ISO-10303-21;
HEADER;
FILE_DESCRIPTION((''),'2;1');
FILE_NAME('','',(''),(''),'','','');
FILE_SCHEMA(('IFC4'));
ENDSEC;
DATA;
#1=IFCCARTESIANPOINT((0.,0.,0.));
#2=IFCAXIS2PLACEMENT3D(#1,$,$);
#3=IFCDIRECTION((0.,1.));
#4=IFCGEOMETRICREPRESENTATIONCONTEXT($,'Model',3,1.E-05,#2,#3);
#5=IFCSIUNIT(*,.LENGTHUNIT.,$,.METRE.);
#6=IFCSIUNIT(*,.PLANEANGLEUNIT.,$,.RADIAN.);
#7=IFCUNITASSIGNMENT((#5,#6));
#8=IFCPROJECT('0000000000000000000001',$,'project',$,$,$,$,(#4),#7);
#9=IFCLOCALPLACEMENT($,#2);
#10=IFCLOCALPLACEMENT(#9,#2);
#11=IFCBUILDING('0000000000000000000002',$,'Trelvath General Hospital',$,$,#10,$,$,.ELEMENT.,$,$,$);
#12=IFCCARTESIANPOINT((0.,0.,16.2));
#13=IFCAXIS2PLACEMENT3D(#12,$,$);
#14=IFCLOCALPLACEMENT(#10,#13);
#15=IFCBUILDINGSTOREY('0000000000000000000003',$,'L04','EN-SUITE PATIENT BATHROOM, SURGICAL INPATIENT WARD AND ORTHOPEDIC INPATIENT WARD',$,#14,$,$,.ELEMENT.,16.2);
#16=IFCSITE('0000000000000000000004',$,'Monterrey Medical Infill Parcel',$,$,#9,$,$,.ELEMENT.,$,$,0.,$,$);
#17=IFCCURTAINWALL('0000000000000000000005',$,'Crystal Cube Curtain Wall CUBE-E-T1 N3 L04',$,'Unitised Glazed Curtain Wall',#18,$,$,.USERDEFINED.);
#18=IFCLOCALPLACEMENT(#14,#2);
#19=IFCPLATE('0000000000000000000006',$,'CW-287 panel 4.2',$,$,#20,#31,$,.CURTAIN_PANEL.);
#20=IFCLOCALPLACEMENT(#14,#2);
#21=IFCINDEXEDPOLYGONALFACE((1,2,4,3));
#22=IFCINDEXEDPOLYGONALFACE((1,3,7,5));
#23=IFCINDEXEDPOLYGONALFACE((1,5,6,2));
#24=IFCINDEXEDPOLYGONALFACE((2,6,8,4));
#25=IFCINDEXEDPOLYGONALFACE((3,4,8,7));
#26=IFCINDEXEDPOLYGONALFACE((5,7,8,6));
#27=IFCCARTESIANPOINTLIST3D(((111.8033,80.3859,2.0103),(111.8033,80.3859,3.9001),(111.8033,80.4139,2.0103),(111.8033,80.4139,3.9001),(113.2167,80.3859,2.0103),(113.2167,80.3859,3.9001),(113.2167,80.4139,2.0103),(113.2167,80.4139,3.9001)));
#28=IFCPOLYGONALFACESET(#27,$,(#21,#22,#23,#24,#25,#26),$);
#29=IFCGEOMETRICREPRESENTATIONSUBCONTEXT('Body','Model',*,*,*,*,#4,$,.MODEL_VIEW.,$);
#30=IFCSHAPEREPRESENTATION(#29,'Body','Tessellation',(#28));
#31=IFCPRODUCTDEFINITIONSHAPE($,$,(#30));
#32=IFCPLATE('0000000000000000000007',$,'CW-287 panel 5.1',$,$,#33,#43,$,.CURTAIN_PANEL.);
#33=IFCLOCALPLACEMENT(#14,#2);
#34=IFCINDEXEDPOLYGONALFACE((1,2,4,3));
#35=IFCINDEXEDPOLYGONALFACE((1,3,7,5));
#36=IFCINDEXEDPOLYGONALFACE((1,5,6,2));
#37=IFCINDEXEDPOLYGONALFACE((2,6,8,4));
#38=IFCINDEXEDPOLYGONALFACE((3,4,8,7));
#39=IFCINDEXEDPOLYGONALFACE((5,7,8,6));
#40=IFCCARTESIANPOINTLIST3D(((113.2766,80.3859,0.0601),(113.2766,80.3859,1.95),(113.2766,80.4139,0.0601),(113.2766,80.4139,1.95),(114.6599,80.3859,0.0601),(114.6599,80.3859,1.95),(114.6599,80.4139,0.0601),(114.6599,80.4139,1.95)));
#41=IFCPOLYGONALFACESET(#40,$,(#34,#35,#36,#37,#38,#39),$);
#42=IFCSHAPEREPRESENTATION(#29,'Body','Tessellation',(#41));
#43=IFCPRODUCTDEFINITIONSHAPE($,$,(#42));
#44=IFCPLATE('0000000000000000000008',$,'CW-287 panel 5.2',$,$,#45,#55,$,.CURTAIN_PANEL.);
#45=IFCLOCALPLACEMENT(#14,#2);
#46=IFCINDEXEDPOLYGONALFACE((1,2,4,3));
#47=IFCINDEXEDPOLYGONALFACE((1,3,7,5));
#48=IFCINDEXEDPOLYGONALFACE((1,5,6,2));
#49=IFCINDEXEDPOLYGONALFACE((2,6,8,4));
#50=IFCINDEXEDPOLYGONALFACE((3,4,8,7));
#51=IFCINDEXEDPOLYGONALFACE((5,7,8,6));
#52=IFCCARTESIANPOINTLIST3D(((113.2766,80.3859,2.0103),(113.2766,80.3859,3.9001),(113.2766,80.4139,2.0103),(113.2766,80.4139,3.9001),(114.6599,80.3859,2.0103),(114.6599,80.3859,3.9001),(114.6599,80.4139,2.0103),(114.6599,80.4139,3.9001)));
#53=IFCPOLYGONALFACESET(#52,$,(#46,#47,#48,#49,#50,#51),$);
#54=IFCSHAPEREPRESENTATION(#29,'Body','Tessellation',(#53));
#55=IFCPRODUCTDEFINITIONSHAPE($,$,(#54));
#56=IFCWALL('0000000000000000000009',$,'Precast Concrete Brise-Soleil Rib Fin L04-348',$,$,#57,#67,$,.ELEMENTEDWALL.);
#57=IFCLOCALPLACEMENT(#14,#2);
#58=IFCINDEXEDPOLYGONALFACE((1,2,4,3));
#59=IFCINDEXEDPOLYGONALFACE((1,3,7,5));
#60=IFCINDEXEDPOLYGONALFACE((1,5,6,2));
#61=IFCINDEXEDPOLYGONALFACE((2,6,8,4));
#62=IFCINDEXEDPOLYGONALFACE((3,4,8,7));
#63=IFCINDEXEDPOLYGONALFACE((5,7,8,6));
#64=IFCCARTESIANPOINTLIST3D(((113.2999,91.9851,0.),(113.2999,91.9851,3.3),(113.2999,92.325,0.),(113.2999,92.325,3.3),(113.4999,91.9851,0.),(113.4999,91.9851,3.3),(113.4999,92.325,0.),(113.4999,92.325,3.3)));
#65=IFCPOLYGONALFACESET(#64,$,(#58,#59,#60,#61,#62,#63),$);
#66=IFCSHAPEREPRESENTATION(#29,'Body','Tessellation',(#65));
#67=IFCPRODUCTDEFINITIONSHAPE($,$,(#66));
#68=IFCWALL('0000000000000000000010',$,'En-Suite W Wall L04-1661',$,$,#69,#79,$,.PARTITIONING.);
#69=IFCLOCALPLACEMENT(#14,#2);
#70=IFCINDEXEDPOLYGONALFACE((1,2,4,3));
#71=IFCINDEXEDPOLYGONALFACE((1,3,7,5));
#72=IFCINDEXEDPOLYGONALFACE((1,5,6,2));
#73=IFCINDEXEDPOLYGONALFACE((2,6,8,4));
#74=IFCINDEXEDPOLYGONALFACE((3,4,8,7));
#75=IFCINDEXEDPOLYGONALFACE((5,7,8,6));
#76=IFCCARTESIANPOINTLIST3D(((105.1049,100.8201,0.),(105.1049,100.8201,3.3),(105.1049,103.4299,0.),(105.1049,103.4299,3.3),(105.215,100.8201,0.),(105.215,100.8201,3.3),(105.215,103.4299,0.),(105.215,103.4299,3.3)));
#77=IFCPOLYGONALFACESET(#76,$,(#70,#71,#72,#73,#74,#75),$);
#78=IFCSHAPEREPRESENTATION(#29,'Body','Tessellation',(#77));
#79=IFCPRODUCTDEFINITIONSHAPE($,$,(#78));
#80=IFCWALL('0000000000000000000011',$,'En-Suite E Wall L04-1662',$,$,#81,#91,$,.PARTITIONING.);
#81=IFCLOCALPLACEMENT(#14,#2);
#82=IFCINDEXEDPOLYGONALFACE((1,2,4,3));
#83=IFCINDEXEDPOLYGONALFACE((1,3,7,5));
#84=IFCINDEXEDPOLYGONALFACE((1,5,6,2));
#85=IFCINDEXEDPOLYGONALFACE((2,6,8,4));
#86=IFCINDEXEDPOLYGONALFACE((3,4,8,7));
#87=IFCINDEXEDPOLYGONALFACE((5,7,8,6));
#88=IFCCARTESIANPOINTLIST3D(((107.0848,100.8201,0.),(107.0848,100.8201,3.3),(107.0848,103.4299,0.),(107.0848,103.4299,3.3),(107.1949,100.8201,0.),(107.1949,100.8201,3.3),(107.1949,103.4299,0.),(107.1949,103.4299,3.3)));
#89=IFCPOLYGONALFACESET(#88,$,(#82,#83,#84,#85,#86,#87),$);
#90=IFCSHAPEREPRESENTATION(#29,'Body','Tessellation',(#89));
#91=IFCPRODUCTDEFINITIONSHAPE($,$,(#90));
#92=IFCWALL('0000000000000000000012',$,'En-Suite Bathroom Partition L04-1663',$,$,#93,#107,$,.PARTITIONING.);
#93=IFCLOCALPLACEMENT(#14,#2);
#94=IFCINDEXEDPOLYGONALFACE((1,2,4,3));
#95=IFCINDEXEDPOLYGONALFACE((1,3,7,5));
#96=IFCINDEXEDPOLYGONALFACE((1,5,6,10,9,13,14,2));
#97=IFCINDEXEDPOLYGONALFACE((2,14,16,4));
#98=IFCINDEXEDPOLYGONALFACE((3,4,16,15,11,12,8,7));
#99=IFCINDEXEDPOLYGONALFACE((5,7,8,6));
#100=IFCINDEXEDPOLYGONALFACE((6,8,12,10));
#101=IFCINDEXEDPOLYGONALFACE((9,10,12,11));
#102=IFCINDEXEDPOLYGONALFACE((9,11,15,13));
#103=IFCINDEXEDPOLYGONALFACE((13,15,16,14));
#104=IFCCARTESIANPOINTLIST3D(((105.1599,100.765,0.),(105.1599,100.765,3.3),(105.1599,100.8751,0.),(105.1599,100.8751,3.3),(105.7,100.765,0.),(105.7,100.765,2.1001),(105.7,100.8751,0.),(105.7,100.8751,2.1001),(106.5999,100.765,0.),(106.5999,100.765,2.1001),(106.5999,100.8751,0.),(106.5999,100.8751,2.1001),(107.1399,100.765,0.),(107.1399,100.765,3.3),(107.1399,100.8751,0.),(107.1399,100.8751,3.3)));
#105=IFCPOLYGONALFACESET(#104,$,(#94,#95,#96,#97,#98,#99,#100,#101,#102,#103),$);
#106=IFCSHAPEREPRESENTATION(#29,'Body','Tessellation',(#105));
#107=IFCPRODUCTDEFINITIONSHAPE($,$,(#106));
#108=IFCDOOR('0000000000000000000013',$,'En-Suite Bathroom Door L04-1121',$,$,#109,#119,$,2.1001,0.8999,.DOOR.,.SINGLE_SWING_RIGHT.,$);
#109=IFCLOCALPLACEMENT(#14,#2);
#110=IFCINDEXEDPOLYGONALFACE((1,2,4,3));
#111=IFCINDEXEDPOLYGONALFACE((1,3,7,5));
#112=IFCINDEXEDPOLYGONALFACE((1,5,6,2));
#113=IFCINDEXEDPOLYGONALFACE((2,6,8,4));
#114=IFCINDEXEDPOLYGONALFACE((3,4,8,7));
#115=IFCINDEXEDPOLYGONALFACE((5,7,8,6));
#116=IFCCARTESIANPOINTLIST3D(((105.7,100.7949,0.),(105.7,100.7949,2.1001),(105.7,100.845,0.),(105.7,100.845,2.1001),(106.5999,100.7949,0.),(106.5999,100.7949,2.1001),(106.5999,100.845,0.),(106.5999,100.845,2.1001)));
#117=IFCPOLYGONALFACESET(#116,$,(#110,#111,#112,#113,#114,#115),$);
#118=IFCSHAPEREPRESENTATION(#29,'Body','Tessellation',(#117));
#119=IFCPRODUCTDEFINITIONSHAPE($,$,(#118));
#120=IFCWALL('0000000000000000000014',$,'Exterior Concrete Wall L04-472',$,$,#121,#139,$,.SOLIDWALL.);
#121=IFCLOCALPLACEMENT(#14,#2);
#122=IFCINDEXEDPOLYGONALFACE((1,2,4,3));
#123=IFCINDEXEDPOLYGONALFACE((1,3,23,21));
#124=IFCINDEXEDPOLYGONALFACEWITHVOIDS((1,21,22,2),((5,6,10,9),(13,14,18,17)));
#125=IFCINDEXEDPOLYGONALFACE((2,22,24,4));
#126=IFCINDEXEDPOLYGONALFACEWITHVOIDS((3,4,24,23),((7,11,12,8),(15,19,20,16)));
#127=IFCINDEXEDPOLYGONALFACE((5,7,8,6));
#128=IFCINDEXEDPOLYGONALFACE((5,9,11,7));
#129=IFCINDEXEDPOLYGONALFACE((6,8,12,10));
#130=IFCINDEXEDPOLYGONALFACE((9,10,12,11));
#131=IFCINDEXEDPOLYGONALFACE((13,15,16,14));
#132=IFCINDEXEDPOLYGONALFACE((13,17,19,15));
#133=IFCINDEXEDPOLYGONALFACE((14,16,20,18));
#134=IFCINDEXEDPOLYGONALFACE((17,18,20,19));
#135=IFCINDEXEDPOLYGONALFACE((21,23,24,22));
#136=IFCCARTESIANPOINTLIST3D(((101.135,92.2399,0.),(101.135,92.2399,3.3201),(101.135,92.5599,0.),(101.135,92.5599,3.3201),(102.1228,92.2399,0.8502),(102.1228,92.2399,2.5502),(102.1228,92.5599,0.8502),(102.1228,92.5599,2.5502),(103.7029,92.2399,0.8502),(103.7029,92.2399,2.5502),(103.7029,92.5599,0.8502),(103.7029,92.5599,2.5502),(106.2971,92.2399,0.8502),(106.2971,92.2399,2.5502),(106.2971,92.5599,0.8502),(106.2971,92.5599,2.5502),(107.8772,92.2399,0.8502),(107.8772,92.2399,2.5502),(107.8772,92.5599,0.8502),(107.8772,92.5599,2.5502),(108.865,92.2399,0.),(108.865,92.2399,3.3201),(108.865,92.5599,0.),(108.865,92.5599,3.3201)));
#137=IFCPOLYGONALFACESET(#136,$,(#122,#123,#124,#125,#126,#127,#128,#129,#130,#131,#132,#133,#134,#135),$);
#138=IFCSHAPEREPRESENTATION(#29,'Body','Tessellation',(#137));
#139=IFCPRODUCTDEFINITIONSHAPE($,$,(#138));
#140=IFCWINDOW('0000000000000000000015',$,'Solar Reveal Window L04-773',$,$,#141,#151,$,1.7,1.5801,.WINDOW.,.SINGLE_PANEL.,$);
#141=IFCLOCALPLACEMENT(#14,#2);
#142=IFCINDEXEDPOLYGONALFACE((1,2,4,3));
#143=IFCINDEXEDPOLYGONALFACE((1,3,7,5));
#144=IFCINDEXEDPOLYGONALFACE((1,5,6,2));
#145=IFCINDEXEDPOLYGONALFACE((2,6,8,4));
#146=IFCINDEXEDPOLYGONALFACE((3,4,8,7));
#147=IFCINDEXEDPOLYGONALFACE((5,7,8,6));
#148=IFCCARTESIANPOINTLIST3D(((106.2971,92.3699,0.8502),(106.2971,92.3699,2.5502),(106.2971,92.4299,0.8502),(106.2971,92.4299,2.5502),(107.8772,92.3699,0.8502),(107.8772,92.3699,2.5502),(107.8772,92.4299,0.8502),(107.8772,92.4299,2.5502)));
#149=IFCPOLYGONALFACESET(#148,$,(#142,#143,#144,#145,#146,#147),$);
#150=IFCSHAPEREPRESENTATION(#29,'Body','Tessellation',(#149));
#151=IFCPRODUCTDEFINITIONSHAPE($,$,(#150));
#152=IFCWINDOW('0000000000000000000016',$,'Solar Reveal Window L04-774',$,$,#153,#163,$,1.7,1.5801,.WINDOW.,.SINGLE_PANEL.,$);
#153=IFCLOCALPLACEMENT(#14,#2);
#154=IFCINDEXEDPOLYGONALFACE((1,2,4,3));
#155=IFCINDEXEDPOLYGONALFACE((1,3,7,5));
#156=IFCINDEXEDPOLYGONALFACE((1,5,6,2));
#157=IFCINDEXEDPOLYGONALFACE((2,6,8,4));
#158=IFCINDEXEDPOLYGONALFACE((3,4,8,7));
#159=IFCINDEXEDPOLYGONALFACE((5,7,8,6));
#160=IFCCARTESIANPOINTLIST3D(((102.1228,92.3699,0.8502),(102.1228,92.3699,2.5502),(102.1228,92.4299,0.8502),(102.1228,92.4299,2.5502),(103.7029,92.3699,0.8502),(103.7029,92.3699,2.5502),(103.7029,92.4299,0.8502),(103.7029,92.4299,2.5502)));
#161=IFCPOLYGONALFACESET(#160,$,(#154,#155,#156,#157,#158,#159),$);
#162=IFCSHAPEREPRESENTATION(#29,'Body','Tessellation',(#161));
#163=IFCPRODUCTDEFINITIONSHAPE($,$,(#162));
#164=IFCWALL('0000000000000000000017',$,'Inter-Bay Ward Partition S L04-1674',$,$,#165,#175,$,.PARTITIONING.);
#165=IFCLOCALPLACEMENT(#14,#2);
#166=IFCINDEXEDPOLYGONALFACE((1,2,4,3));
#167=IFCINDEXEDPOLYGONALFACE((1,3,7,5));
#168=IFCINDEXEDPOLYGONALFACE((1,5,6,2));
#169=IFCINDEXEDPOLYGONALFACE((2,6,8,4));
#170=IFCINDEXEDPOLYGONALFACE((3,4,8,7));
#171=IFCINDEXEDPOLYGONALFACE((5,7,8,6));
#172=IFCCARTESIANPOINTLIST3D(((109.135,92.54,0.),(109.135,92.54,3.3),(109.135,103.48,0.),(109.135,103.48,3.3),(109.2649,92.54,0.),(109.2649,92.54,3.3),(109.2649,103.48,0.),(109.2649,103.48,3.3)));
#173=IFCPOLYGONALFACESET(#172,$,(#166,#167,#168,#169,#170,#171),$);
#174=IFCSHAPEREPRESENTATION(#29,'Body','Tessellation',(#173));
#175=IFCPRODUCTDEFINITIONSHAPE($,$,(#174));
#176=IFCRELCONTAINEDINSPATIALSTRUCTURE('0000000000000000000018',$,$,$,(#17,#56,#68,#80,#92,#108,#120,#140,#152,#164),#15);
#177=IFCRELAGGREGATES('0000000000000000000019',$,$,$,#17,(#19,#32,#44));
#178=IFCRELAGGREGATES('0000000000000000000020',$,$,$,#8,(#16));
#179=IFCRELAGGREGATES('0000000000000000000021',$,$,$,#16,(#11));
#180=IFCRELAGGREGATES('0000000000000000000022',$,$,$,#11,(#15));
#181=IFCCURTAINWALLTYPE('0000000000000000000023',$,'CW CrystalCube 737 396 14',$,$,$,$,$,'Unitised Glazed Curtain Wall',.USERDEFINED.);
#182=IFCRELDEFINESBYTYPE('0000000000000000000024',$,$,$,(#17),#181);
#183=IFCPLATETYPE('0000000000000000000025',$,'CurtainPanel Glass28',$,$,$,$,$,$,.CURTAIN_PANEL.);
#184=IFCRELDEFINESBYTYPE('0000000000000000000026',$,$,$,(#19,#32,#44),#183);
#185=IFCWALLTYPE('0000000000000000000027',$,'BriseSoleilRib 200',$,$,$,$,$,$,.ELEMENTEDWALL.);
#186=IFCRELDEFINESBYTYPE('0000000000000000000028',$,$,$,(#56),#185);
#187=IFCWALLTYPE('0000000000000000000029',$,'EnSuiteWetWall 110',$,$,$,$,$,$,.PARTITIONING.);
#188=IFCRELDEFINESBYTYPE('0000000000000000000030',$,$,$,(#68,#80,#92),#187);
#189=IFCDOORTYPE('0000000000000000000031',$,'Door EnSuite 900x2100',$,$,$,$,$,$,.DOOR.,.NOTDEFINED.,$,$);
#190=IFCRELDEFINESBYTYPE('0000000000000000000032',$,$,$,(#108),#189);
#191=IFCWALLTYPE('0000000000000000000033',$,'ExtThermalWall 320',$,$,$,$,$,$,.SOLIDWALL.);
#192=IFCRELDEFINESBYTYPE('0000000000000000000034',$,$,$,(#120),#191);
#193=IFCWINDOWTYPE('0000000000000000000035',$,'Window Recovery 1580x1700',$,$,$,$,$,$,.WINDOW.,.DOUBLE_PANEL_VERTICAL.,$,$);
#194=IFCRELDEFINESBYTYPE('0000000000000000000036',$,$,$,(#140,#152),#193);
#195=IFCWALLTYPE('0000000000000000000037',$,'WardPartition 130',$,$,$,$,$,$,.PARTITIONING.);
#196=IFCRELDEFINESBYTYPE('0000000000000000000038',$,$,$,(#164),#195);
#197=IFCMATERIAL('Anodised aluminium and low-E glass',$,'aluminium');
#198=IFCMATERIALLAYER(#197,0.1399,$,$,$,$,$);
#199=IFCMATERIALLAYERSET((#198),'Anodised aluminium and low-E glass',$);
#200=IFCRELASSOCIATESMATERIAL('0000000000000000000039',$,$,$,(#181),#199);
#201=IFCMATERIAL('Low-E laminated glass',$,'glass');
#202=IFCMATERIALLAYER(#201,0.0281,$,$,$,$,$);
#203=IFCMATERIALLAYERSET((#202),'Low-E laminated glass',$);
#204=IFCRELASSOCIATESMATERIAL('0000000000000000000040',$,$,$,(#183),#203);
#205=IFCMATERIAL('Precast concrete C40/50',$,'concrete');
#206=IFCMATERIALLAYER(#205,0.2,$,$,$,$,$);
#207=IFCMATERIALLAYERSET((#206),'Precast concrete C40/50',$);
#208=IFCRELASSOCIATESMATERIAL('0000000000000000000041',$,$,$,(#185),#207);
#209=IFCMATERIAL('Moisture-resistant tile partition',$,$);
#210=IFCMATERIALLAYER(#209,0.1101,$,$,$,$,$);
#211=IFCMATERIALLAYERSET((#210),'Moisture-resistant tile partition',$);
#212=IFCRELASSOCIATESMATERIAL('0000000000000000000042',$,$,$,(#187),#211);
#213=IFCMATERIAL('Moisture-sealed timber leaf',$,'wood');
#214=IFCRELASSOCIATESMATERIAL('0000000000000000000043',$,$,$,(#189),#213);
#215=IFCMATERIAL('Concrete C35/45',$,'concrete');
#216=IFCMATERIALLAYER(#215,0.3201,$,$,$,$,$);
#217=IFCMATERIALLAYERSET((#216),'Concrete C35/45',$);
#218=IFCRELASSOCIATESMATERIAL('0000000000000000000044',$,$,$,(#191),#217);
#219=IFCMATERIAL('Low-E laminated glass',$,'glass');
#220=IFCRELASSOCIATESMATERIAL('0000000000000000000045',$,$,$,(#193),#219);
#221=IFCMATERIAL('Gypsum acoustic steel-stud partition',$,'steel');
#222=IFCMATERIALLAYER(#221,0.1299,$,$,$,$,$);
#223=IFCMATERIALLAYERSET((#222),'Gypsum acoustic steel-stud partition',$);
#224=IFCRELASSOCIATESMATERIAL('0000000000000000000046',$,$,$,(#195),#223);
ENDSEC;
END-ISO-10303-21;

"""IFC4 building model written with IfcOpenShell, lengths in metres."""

from ifc_helpers import new_model, si_unit, direction, frame, frame_2d, origin, origin_2d, place, context, subcontext, project, spatial, rectangle, extrude, material, layer, layer_set, type_object, element, fill, aggregate, save


model = new_model("IFC4")

# Units and contexts
model_context = context("Model", 3, precision=1e-05, world=origin(), true_north=direction((0.0, 1.0)))
body_context = subcontext(model_context, "Body", "Model", "MODEL_VIEW")
ifc_project = project(units=[si_unit("LENGTHUNIT", "METRE"), si_unit("PLANEANGLEUNIT", "RADIAN")], contexts=[model_context])

# Site, building, storey
site_placement = place(None, origin())
site = spatial("IfcSite", under=ifc_project, at=site_placement, Name="Monterrey Medical Infill Parcel", CompositionType="ELEMENT", RefElevation=0.0)
building_placement = place(site_placement, origin())
building = spatial("IfcBuilding", under=site, at=building_placement, Name="Trelvath General Hospital", CompositionType="ELEMENT")
storey_placement = place(building_placement, frame((0.0, 0.0, 16.2)))
storey = spatial("IfcBuildingStorey", under=building, at=storey_placement, Name="L04", Description="EN-SUITE PATIENT BATHROOM, SURGICAL INPATIENT WARD AND ORTHOPEDIC INPATIENT WARD", CompositionType="ELEMENT", Elevation=16.2)

# Curtain wall, plates
ifc_material_1 = material(Name="Anodised aluminium and low-E glass", Category="aluminium")
ifc_layer_1 = layer(ifc_material_1, 0.1399)
ifc_layer_set_1 = layer_set([ifc_layer_1], Name="Anodised aluminium and low-E glass")
curtain_wall_type = type_object("IfcCurtainWallType", Name="CW CrystalCube 737 396 14", ElementType="Unitised Glazed Curtain Wall", PredefinedType="USERDEFINED", material=ifc_layer_set_1)
curtain_wall_placement = place(storey_placement, origin())
curtain_wall = element("IfcCurtainWall", 1, at=curtain_wall_placement, inside=storey, type_object=curtain_wall_type, Name="Crystal Cube Curtain Wall CUBE-E-T1 N3 L04", ObjectType="Unitised Glazed Curtain Wall", PredefinedType="USERDEFINED")
ifc_material_2 = material(Name="Low-E laminated glass", Category="glass")
ifc_layer_2 = layer(ifc_material_2, 0.0281)
ifc_layer_set_2 = layer_set([ifc_layer_2], Name="Low-E laminated glass")
plate_type = type_object("IfcPlateType", Name="CurtainPanel Glass28", PredefinedType="CURTAIN_PANEL", material=ifc_layer_set_2)
plate_1_placement = place(storey_placement, frame((112.51, 80.3999, 2.0103), z_axis=(0.0, 0.0, 1.0), x_axis=(1.0, 0.0, 0.0)))
plate_1 = element("IfcPlate", 2, at=plate_1_placement, type_object=plate_type, Name="CW-287 panel 4.2", PredefinedType="CURTAIN_PANEL", context=body_context, shape_type="SweptSolid", body=[
    extrude(rectangle(XDim=1.4133, YDim=0.0281, at=origin_2d()), origin(), (0.0, 0.0, 1.0), 1.8899),
])
plate_2_placement = place(storey_placement, frame((113.9683, 80.3999, 0.0601), z_axis=(0.0, 0.0, 1.0), x_axis=(1.0, 0.0, 0.0)))
plate_2 = element("IfcPlate", 3, at=plate_2_placement, type_object=plate_type, Name="CW-287 panel 5.1", PredefinedType="CURTAIN_PANEL", context=body_context, shape_type="SweptSolid", body=[
    extrude(rectangle(XDim=1.3833, YDim=0.0281, at=origin_2d()), origin(), (0.0, 0.0, 1.0), 1.8899),
])
plate_3_placement = place(storey_placement, frame((113.9683, 80.3999, 2.0103), z_axis=(0.0, 0.0, 1.0), x_axis=(1.0, 0.0, 0.0)))
plate_3 = element("IfcPlate", 4, at=plate_3_placement, type_object=plate_type, Name="CW-287 panel 5.2", PredefinedType="CURTAIN_PANEL", context=body_context, shape_type="SweptSolid", body=[
    extrude(rectangle(XDim=1.3833, YDim=0.0281, at=origin_2d()), origin(), (0.0, 0.0, 1.0), 1.8899),
])
aggregate(curtain_wall, [plate_1, plate_2, plate_3])

# Walls
ifc_material_3 = material(Name="Precast concrete C40/50", Category="concrete")
ifc_layer_3 = layer(ifc_material_3, 0.2)
ifc_layer_set_3 = layer_set([ifc_layer_3], Name="Precast concrete C40/50")
wall_type_1 = type_object("IfcWallType", Name="BriseSoleilRib 200", PredefinedType="ELEMENTEDWALL", material=ifc_layer_set_3)
wall_1_placement = place(storey_placement, frame((113.3999, 92.325, 0.0), z_axis=(0.0, 0.0, 1.0), x_axis=(0.0, -1.0, 0.0)))
element("IfcWall", 5, at=wall_1_placement, inside=storey, type_object=wall_type_1, Name="Precast Concrete Brise-Soleil Rib Fin L04-348", PredefinedType="ELEMENTEDWALL", context=body_context, shape_type="SweptSolid", body=[
    extrude(rectangle(XDim=0.3398, YDim=0.2, at=frame_2d((0.1699, 0.0))), origin(), (0.0, 0.0, 1.0), 3.3),
])
ifc_material_4 = material(Name="Moisture-resistant tile partition")
ifc_layer_4 = layer(ifc_material_4, 0.1101)
ifc_layer_set_4 = layer_set([ifc_layer_4], Name="Moisture-resistant tile partition")
wall_type_2 = type_object("IfcWallType", Name="EnSuiteWetWall 110", PredefinedType="PARTITIONING", material=ifc_layer_set_4)
for number, where, z_axis, x_axis, name in (
    (6, (105.1599, 100.8201, 0.0), (0.0, 0.0, 1.0), (0.0, 1.0, 0.0), "En-Suite W Wall L04-1661"),
    (7, (107.1399, 100.8201, 0.0), (0.0, 0.0, 1.0), (0.0, 1.0, 0.0), "En-Suite E Wall L04-1662"),
):
    element("IfcWall", number, at=place(storey_placement, frame(where, z_axis=z_axis, x_axis=x_axis)), inside=storey, type_object=wall_type_2, Name=name, PredefinedType="PARTITIONING", context=body_context, shape_type="SweptSolid", body=[
        extrude(rectangle(XDim=2.6099, YDim=0.1101, at=frame_2d((1.3049, 0.0))), origin(), (0.0, 0.0, 1.0), 3.3),
    ])

# Wall, opening, door
wall_2_placement = place(storey_placement, frame((105.1599, 100.8201, 0.0), z_axis=(0.0, 0.0, 1.0), x_axis=(1.0, 0.0, 0.0)))
wall_2 = element("IfcWall", 8, at=wall_2_placement, inside=storey, type_object=wall_type_2, Name="En-Suite Bathroom Partition L04-1663", PredefinedType="PARTITIONING", context=body_context, shape_type="SweptSolid", body=[
    extrude(rectangle(XDim=1.98, YDim=0.1101, at=frame_2d((0.99, 0.0))), origin(), (0.0, 0.0, 1.0), 3.3),
])
opening_1_placement = place(wall_2_placement, frame((0.54, 0.0, 0.0)))
opening_1 = element("IfcOpeningElement", 9, at=opening_1_placement, cuts=wall_2, PredefinedType="OPENING", context=body_context, shape_type="SweptSolid", body=[
    extrude(rectangle(XDim=0.8999, YDim=2.1001, at=frame_2d((0.45, 1.05))), frame((0.0, 0.0649, 0.0), z_axis=(0.0, -1.0, 0.0), x_axis=(1.0, 0.0, 0.0)), (0.0, 0.0, 1.0), 0.1301),
])
ifc_material_5 = material(Name="Moisture-sealed timber leaf", Category="wood")
door_type = type_object("IfcDoorType", Name="Door EnSuite 900x2100", OperationType="NOTDEFINED", PredefinedType="DOOR", material=ifc_material_5)
door_placement = place(opening_1_placement, origin())
door = element("IfcDoor", 10, at=door_placement, inside=storey, type_object=door_type, Name="En-Suite Bathroom Door L04-1121", OperationType="SINGLE_SWING_RIGHT", OverallHeight=2.1001, OverallWidth=0.8999, PredefinedType="DOOR", context=body_context, shape_type="SweptSolid", body=[
    extrude(rectangle(XDim=0.8999, YDim=2.1001, at=frame_2d((0.45, 1.05))), frame((0.0, 0.0249, 0.0), z_axis=(0.0, -1.0, 0.0), x_axis=(1.0, 0.0, 0.0)), (0.0, 0.0, 1.0), 0.05),
])
fill(opening_1, door)

# Wall, openings, windows
ifc_material_6 = material(Name="Concrete C35/45", Category="concrete")
ifc_layer_5 = layer(ifc_material_6, 0.3201)
ifc_layer_set_5 = layer_set([ifc_layer_5], Name="Concrete C35/45")
wall_type_3 = type_object("IfcWallType", Name="ExtThermalWall 320", PredefinedType="SOLIDWALL", material=ifc_layer_set_5)
wall_3_placement = place(storey_placement, frame((108.865, 92.3999, 0.0), z_axis=(0.0, 0.0, 1.0), x_axis=(-1.0, 0.0, 0.0)))
wall_3 = element("IfcWall", 11, at=wall_3_placement, inside=storey, type_object=wall_type_3, Name="Exterior Concrete Wall L04-472", PredefinedType="SOLIDWALL", context=body_context, shape_type="SweptSolid", body=[
    extrude(rectangle(XDim=7.73, YDim=0.3201, at=frame_2d((3.865, 0.0))), origin(), (0.0, 0.0, 1.0), 3.3201),
])
opening_2_placement = place(wall_3_placement, frame((0.9878, 0.0, 0.8501)))
opening_2 = element("IfcOpeningElement", 12, at=opening_2_placement, cuts=wall_3, PredefinedType="OPENING", context=body_context, shape_type="SweptSolid", body=[
    extrude(rectangle(XDim=1.5801, YDim=1.7, at=frame_2d((0.79, 0.8501))), frame((0.0, 0.1699, 0.0), z_axis=(0.0, -1.0, 0.0), x_axis=(1.0, 0.0, 0.0)), (0.0, 0.0, 1.0), 0.3401),
])
opening_3_placement = place(wall_3_placement, frame((5.1621, 0.0, 0.8501)))
opening_3 = element("IfcOpeningElement", 13, at=opening_3_placement, cuts=wall_3, PredefinedType="OPENING", context=body_context, shape_type="SweptSolid", body=[
    extrude(rectangle(XDim=1.5801, YDim=1.7, at=frame_2d((0.79, 0.8501))), frame((0.0, 0.1699, 0.0), z_axis=(0.0, -1.0, 0.0), x_axis=(1.0, 0.0, 0.0)), (0.0, 0.0, 1.0), 0.3401),
])
ifc_material_7 = material(Name="Low-E laminated glass", Category="glass")
window_type = type_object("IfcWindowType", Name="Window Recovery 1580x1700", PartitioningType="DOUBLE_PANEL_VERTICAL", PredefinedType="WINDOW", material=ifc_material_7)
window_1_placement = place(opening_2_placement, origin())
window_1 = element("IfcWindow", 14, at=window_1_placement, inside=storey, type_object=window_type, Name="Solar Reveal Window L04-773", OverallHeight=1.7, OverallWidth=1.5801, PartitioningType="SINGLE_PANEL", PredefinedType="WINDOW", context=body_context, shape_type="SweptSolid", body=[
    extrude(rectangle(XDim=1.5801, YDim=1.7, at=frame_2d((0.79, 0.8501))), frame((0.0, 0.03, 0.0), z_axis=(0.0, -1.0, 0.0), x_axis=(1.0, 0.0, 0.0)), (0.0, 0.0, 1.0), 0.0601),
])
fill(opening_2, window_1)
window_2_placement = place(opening_3_placement, origin())
window_2 = element("IfcWindow", 15, at=window_2_placement, inside=storey, type_object=window_type, Name="Solar Reveal Window L04-774", OverallHeight=1.7, OverallWidth=1.5801, PartitioningType="SINGLE_PANEL", PredefinedType="WINDOW", context=body_context, shape_type="SweptSolid", body=[
    extrude(rectangle(XDim=1.5801, YDim=1.7, at=frame_2d((0.79, 0.8501))), frame((0.0, 0.03, 0.0), z_axis=(0.0, -1.0, 0.0), x_axis=(1.0, 0.0, 0.0)), (0.0, 0.0, 1.0), 0.0601),
])
fill(opening_3, window_2)

# Wall
ifc_material_8 = material(Name="Gypsum acoustic steel-stud partition", Category="steel")
ifc_layer_6 = layer(ifc_material_8, 0.1299)
ifc_layer_set_6 = layer_set([ifc_layer_6], Name="Gypsum acoustic steel-stud partition")
wall_type_4 = type_object("IfcWallType", Name="WardPartition 130", PredefinedType="PARTITIONING", material=ifc_layer_set_6)
wall_4_placement = place(storey_placement, frame((109.2, 92.54, 0.0), z_axis=(0.0, 0.0, 1.0), x_axis=(0.0, 1.0, 0.0)))
element("IfcWall", 16, at=wall_4_placement, inside=storey, type_object=wall_type_4, Name="Inter-Bay Ward Partition S L04-1674", PredefinedType="PARTITIONING", context=body_context, shape_type="SweptSolid", body=[
    extrude(rectangle(XDim=10.9399, YDim=0.1299, at=frame_2d((5.47, 0.0))), origin(), (0.0, 0.0, 1.0), 3.3),
])

save(model, "model.ifc")
